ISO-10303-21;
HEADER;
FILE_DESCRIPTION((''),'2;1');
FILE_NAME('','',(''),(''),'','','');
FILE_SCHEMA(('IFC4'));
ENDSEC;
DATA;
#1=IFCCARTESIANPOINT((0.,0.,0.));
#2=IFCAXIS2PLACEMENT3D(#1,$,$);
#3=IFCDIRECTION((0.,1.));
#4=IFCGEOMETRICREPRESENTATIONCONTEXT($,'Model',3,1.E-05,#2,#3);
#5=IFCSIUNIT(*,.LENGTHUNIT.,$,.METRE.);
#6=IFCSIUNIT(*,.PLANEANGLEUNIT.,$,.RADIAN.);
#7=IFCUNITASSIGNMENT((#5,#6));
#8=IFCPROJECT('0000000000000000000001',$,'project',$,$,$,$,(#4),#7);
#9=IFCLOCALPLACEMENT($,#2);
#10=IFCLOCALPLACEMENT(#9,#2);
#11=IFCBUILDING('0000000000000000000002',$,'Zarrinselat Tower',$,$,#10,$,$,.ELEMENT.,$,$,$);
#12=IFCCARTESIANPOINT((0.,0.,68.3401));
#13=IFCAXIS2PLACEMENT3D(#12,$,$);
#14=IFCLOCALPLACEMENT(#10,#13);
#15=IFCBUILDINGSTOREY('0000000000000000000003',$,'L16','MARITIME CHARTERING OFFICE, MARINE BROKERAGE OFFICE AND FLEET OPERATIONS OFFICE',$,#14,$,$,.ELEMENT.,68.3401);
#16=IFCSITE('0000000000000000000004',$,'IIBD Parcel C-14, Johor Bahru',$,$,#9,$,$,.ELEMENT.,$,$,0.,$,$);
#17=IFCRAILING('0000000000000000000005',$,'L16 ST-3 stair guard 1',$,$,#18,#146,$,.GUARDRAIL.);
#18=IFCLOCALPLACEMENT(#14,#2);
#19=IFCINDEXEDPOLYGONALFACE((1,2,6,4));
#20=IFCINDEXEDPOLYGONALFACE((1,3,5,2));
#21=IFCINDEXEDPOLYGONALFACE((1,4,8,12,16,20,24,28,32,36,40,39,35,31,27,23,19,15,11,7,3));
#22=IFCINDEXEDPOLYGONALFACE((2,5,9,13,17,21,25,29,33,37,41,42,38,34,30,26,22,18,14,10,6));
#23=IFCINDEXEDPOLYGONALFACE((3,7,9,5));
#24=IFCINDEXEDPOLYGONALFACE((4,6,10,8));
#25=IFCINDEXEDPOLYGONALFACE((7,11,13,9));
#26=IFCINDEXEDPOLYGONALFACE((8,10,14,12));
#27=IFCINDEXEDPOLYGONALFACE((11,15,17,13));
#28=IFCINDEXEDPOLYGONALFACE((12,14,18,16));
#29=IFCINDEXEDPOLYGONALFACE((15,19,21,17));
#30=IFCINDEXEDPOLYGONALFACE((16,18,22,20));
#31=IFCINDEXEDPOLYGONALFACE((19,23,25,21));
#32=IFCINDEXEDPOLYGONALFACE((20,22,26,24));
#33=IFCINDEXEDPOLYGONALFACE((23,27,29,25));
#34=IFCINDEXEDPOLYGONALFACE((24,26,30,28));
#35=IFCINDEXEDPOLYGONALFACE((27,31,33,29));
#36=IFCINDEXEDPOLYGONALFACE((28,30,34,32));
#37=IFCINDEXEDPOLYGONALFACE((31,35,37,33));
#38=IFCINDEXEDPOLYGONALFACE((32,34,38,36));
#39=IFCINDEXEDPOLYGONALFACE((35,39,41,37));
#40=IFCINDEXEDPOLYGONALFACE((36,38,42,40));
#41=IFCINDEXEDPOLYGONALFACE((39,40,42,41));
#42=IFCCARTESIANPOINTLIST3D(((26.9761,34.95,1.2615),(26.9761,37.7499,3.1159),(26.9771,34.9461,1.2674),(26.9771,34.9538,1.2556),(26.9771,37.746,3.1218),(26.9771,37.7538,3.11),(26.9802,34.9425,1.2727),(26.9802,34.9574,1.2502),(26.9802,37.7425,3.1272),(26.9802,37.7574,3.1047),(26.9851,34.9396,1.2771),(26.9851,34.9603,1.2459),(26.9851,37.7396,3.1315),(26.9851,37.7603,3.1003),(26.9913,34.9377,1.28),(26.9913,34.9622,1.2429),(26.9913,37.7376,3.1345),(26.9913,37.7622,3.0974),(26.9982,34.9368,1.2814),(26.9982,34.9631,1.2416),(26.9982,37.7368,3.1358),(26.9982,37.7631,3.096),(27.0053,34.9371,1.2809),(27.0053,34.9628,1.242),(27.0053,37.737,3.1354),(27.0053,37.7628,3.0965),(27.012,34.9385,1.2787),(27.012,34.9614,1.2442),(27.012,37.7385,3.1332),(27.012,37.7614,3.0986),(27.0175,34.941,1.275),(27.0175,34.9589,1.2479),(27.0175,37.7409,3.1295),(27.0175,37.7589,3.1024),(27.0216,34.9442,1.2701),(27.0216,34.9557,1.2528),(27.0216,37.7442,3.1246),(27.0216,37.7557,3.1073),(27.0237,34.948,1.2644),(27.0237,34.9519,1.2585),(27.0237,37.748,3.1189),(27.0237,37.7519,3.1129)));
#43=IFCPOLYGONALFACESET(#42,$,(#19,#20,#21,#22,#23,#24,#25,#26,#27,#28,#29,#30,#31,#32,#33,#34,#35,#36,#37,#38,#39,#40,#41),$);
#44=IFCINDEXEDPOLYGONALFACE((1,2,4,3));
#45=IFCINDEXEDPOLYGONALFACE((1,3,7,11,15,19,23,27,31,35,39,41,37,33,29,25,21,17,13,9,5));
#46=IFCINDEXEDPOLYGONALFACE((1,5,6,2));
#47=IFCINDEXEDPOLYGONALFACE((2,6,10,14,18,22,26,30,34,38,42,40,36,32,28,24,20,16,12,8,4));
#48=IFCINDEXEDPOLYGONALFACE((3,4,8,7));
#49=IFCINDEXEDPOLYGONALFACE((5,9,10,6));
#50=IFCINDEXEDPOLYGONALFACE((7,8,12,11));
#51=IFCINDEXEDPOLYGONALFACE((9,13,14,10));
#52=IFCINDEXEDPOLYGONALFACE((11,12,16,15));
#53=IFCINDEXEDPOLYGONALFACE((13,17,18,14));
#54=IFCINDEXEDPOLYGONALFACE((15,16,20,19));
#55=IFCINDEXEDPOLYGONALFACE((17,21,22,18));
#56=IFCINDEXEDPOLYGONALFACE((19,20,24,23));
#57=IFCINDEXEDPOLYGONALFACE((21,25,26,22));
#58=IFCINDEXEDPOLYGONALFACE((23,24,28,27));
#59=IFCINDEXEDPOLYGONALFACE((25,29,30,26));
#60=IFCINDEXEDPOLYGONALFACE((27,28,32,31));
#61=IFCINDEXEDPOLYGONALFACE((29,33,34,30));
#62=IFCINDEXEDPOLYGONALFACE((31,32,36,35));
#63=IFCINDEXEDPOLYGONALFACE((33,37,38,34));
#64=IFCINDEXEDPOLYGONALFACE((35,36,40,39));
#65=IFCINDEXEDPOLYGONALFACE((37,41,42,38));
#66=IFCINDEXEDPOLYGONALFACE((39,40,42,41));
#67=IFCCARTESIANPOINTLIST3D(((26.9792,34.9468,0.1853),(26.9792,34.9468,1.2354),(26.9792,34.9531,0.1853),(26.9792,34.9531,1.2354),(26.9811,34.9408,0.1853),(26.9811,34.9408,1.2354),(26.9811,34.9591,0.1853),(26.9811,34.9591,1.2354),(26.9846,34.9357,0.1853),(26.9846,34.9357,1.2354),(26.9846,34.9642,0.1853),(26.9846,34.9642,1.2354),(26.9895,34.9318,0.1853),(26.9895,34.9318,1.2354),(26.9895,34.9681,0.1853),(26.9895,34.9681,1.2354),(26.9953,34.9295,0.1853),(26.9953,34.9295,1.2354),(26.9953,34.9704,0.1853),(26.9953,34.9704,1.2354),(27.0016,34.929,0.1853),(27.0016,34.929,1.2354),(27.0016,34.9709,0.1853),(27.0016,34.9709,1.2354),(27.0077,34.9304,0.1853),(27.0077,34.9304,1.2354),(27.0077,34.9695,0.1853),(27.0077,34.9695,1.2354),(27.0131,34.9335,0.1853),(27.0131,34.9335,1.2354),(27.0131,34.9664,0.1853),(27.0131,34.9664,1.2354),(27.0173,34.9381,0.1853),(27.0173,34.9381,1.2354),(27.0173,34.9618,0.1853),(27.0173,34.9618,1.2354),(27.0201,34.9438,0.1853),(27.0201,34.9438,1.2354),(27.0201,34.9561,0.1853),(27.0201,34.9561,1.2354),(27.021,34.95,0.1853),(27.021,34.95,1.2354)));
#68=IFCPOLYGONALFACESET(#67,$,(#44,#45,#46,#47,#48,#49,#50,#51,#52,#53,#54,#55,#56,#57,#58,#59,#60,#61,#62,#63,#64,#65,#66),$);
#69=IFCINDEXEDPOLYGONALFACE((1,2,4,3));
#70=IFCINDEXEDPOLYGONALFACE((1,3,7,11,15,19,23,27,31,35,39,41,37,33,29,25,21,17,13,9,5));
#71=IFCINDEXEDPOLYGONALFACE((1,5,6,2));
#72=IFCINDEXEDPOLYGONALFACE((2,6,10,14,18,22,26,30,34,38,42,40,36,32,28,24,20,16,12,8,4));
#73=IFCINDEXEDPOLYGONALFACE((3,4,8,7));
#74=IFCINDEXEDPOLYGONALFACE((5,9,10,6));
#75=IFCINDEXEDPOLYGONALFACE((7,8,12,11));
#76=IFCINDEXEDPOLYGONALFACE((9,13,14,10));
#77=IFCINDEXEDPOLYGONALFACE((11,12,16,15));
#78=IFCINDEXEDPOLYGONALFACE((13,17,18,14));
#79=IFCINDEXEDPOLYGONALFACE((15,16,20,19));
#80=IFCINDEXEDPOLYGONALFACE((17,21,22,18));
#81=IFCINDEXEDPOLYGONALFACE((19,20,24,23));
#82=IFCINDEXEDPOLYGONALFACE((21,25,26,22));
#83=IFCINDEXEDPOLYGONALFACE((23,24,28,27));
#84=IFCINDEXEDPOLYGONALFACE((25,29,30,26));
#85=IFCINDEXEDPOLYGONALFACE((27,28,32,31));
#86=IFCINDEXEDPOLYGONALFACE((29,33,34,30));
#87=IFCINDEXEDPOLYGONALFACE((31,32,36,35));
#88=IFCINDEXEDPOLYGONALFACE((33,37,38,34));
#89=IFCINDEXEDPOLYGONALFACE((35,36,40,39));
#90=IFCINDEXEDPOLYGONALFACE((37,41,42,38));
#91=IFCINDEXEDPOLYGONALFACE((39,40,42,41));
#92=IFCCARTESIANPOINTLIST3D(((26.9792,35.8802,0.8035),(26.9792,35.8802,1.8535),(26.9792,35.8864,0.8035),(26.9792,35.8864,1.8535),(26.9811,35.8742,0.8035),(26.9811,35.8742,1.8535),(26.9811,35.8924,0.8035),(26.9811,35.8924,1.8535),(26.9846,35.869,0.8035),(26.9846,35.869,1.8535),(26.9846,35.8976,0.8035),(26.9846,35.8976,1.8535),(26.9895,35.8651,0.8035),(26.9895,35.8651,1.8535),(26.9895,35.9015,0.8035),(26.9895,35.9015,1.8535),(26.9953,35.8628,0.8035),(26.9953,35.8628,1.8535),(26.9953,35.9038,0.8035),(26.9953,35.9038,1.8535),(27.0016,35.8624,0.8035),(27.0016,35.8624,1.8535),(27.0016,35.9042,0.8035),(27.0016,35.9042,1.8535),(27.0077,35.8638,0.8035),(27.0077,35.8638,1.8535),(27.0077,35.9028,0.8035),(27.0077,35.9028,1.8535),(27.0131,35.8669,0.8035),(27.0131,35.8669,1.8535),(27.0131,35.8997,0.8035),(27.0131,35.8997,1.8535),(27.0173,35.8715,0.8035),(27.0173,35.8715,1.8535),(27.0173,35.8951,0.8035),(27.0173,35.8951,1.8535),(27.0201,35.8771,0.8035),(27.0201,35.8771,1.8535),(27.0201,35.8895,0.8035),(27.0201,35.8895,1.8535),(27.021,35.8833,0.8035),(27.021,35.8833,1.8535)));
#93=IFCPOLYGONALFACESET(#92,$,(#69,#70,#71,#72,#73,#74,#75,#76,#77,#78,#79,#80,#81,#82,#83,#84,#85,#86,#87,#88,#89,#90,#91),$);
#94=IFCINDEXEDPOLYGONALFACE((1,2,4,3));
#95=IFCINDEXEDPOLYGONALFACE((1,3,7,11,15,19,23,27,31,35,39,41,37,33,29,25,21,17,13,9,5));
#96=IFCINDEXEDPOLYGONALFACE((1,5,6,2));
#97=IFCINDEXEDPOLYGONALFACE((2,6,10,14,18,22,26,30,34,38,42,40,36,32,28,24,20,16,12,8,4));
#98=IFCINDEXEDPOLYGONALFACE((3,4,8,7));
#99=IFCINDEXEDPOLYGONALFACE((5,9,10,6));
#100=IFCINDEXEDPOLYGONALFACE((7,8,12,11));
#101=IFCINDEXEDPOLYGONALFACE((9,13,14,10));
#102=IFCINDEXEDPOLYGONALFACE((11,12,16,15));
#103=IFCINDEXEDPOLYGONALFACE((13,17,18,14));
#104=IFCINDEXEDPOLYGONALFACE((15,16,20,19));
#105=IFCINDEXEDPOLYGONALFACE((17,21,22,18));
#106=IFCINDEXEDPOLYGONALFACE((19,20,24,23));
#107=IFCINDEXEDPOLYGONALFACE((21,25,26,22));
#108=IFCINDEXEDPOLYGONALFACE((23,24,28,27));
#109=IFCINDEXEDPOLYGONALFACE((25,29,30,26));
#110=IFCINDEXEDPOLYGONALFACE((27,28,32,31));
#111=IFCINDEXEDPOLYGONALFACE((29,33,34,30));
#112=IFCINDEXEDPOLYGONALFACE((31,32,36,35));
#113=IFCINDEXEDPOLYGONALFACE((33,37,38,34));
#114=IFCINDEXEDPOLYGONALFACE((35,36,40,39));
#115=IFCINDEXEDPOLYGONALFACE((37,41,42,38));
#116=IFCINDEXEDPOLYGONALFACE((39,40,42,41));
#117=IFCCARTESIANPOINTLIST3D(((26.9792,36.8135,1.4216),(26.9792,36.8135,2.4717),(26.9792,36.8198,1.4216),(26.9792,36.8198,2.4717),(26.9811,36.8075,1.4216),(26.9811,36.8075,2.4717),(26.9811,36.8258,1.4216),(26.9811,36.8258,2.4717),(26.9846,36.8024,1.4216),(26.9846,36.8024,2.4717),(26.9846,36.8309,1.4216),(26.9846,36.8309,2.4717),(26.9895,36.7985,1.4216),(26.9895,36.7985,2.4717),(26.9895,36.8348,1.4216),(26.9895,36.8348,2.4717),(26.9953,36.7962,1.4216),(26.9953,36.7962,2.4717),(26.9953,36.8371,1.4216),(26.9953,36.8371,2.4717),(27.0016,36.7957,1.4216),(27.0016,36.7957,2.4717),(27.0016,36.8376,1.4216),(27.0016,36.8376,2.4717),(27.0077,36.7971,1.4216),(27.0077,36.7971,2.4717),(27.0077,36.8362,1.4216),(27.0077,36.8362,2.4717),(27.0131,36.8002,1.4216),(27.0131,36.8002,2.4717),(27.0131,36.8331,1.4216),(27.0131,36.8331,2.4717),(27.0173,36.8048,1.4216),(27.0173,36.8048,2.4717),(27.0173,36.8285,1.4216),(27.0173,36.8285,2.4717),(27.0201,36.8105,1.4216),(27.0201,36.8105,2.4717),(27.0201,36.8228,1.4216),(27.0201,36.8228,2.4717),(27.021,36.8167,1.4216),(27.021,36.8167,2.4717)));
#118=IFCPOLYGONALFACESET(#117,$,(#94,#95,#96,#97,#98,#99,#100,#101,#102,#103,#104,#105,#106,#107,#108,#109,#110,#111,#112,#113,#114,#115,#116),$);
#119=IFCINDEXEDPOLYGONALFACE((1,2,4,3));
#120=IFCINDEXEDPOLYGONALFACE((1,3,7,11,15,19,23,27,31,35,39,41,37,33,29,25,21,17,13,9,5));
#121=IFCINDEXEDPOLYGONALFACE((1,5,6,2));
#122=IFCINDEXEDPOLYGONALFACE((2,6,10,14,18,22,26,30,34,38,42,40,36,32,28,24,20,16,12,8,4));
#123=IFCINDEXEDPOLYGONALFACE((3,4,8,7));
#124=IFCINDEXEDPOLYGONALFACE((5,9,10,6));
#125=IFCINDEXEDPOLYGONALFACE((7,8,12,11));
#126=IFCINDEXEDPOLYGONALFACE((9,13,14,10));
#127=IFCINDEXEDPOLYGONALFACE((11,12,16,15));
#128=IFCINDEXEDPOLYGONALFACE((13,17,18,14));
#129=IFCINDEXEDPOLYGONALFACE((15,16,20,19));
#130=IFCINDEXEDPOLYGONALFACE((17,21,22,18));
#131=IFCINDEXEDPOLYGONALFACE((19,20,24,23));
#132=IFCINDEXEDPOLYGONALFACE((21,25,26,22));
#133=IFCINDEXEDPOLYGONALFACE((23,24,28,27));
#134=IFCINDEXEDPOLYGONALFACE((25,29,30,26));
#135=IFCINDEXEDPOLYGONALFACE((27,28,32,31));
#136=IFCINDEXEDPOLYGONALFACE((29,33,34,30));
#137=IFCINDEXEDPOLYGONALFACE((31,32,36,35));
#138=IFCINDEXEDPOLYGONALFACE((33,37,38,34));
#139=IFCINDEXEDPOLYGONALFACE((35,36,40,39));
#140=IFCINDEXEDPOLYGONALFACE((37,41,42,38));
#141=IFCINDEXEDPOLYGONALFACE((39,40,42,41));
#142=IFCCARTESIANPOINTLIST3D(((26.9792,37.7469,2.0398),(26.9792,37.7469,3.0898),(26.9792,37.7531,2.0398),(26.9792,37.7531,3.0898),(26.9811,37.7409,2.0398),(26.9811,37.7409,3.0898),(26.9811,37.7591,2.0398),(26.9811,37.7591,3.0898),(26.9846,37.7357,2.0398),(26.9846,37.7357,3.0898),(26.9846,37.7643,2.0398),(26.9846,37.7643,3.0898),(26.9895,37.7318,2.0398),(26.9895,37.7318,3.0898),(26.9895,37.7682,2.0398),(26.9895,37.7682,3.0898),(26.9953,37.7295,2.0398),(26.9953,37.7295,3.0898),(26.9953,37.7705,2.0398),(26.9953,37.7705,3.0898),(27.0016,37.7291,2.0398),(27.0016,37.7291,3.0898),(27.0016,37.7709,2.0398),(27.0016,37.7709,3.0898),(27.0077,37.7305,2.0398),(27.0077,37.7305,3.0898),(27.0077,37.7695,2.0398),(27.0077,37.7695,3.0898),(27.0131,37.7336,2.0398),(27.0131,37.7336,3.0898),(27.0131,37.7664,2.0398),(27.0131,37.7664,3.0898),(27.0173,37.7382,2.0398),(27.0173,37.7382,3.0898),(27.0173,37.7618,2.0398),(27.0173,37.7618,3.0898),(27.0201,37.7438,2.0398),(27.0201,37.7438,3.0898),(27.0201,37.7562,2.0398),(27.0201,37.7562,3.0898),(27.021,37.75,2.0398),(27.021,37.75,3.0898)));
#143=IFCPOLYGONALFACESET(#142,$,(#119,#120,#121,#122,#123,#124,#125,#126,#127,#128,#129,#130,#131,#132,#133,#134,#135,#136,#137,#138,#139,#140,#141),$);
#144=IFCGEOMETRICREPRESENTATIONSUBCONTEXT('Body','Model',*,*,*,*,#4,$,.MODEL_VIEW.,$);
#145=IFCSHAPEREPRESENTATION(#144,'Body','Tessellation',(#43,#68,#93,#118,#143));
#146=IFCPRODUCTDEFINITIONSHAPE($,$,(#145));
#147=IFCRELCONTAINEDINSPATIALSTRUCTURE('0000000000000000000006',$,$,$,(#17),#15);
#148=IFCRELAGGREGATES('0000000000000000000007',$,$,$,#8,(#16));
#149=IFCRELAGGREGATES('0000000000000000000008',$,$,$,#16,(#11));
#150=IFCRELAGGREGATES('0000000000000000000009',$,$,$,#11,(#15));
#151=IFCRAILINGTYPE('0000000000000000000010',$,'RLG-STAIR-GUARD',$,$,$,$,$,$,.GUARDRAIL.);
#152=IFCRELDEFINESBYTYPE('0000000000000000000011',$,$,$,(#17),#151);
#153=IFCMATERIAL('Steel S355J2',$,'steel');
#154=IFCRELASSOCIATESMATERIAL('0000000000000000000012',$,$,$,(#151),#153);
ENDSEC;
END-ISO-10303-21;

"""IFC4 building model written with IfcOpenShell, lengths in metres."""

from ifc_helpers import new_model, si_unit, direction, frame, origin, origin_2d, place, context, subcontext, project, spatial, circle, extrude, material, type_object, element, save


model = new_model("IFC4")

# Units and contexts
model_context = context("Model", 3, precision=1e-05, world=origin(), true_north=direction((0.0, 1.0)))
body_context = subcontext(model_context, "Body", "Model", "MODEL_VIEW")
ifc_project = project(units=[si_unit("LENGTHUNIT", "METRE"), si_unit("PLANEANGLEUNIT", "RADIAN")], contexts=[model_context])

# Site, building, storey
site_placement = place(None, origin())
site = spatial("IfcSite", under=ifc_project, at=site_placement, Name="IIBD Parcel C-14, Johor Bahru", CompositionType="ELEMENT", RefElevation=0.0)
building_placement = place(site_placement, origin())
building = spatial("IfcBuilding", under=site, at=building_placement, Name="Zarrinselat Tower", CompositionType="ELEMENT")
storey_placement = place(building_placement, frame((0.0, 0.0, 68.3401)))
storey = spatial("IfcBuildingStorey", under=building, at=storey_placement, Name="L16", Description="MARITIME CHARTERING OFFICE, MARINE BROKERAGE OFFICE AND FLEET OPERATIONS OFFICE", CompositionType="ELEMENT", Elevation=68.3401)

# Railing
ifc_material_1 = material(Name="Steel S355J2", Category="steel")
railing_type = type_object("IfcRailingType", Name="RLG-STAIR-GUARD", PredefinedType="GUARDRAIL", material=ifc_material_1)
railing_1_placement = place(storey_placement, frame((27.0, 34.95, 0.1853)))
element("IfcRailing", 1, at=railing_1_placement, inside=storey, type_object=railing_type, Name="L16 ST-3 stair guard 1", PredefinedType="GUARDRAIL", context=body_context, shape_type="SweptSolid", body=[
    extrude(circle(Radius=0.0239, at=origin_2d()), frame((0.0, 0.0, 1.0762), z_axis=(0.0, 0.833724, 0.552181), x_axis=(-1.0, 0.0, 0.0)), (0.0, 0.0, 1.0), 3.3584),
    extrude(circle(Radius=0.021, at=origin_2d()), origin(), (0.0, 0.0, 1.0), 1.05),
    extrude(circle(Radius=0.021, at=origin_2d()), frame((0.0, 0.9333, 0.6182)), (0.0, 0.0, 1.0), 1.05),
    extrude(circle(Radius=0.021, at=origin_2d()), frame((0.0, 1.8667, 1.2363)), (0.0, 0.0, 1.0), 1.05),
    extrude(circle(Radius=0.021, at=origin_2d()), frame((0.0, 2.8, 1.8545)), (0.0, 0.0, 1.0), 1.05),
])

save(model, "model.ifc")
